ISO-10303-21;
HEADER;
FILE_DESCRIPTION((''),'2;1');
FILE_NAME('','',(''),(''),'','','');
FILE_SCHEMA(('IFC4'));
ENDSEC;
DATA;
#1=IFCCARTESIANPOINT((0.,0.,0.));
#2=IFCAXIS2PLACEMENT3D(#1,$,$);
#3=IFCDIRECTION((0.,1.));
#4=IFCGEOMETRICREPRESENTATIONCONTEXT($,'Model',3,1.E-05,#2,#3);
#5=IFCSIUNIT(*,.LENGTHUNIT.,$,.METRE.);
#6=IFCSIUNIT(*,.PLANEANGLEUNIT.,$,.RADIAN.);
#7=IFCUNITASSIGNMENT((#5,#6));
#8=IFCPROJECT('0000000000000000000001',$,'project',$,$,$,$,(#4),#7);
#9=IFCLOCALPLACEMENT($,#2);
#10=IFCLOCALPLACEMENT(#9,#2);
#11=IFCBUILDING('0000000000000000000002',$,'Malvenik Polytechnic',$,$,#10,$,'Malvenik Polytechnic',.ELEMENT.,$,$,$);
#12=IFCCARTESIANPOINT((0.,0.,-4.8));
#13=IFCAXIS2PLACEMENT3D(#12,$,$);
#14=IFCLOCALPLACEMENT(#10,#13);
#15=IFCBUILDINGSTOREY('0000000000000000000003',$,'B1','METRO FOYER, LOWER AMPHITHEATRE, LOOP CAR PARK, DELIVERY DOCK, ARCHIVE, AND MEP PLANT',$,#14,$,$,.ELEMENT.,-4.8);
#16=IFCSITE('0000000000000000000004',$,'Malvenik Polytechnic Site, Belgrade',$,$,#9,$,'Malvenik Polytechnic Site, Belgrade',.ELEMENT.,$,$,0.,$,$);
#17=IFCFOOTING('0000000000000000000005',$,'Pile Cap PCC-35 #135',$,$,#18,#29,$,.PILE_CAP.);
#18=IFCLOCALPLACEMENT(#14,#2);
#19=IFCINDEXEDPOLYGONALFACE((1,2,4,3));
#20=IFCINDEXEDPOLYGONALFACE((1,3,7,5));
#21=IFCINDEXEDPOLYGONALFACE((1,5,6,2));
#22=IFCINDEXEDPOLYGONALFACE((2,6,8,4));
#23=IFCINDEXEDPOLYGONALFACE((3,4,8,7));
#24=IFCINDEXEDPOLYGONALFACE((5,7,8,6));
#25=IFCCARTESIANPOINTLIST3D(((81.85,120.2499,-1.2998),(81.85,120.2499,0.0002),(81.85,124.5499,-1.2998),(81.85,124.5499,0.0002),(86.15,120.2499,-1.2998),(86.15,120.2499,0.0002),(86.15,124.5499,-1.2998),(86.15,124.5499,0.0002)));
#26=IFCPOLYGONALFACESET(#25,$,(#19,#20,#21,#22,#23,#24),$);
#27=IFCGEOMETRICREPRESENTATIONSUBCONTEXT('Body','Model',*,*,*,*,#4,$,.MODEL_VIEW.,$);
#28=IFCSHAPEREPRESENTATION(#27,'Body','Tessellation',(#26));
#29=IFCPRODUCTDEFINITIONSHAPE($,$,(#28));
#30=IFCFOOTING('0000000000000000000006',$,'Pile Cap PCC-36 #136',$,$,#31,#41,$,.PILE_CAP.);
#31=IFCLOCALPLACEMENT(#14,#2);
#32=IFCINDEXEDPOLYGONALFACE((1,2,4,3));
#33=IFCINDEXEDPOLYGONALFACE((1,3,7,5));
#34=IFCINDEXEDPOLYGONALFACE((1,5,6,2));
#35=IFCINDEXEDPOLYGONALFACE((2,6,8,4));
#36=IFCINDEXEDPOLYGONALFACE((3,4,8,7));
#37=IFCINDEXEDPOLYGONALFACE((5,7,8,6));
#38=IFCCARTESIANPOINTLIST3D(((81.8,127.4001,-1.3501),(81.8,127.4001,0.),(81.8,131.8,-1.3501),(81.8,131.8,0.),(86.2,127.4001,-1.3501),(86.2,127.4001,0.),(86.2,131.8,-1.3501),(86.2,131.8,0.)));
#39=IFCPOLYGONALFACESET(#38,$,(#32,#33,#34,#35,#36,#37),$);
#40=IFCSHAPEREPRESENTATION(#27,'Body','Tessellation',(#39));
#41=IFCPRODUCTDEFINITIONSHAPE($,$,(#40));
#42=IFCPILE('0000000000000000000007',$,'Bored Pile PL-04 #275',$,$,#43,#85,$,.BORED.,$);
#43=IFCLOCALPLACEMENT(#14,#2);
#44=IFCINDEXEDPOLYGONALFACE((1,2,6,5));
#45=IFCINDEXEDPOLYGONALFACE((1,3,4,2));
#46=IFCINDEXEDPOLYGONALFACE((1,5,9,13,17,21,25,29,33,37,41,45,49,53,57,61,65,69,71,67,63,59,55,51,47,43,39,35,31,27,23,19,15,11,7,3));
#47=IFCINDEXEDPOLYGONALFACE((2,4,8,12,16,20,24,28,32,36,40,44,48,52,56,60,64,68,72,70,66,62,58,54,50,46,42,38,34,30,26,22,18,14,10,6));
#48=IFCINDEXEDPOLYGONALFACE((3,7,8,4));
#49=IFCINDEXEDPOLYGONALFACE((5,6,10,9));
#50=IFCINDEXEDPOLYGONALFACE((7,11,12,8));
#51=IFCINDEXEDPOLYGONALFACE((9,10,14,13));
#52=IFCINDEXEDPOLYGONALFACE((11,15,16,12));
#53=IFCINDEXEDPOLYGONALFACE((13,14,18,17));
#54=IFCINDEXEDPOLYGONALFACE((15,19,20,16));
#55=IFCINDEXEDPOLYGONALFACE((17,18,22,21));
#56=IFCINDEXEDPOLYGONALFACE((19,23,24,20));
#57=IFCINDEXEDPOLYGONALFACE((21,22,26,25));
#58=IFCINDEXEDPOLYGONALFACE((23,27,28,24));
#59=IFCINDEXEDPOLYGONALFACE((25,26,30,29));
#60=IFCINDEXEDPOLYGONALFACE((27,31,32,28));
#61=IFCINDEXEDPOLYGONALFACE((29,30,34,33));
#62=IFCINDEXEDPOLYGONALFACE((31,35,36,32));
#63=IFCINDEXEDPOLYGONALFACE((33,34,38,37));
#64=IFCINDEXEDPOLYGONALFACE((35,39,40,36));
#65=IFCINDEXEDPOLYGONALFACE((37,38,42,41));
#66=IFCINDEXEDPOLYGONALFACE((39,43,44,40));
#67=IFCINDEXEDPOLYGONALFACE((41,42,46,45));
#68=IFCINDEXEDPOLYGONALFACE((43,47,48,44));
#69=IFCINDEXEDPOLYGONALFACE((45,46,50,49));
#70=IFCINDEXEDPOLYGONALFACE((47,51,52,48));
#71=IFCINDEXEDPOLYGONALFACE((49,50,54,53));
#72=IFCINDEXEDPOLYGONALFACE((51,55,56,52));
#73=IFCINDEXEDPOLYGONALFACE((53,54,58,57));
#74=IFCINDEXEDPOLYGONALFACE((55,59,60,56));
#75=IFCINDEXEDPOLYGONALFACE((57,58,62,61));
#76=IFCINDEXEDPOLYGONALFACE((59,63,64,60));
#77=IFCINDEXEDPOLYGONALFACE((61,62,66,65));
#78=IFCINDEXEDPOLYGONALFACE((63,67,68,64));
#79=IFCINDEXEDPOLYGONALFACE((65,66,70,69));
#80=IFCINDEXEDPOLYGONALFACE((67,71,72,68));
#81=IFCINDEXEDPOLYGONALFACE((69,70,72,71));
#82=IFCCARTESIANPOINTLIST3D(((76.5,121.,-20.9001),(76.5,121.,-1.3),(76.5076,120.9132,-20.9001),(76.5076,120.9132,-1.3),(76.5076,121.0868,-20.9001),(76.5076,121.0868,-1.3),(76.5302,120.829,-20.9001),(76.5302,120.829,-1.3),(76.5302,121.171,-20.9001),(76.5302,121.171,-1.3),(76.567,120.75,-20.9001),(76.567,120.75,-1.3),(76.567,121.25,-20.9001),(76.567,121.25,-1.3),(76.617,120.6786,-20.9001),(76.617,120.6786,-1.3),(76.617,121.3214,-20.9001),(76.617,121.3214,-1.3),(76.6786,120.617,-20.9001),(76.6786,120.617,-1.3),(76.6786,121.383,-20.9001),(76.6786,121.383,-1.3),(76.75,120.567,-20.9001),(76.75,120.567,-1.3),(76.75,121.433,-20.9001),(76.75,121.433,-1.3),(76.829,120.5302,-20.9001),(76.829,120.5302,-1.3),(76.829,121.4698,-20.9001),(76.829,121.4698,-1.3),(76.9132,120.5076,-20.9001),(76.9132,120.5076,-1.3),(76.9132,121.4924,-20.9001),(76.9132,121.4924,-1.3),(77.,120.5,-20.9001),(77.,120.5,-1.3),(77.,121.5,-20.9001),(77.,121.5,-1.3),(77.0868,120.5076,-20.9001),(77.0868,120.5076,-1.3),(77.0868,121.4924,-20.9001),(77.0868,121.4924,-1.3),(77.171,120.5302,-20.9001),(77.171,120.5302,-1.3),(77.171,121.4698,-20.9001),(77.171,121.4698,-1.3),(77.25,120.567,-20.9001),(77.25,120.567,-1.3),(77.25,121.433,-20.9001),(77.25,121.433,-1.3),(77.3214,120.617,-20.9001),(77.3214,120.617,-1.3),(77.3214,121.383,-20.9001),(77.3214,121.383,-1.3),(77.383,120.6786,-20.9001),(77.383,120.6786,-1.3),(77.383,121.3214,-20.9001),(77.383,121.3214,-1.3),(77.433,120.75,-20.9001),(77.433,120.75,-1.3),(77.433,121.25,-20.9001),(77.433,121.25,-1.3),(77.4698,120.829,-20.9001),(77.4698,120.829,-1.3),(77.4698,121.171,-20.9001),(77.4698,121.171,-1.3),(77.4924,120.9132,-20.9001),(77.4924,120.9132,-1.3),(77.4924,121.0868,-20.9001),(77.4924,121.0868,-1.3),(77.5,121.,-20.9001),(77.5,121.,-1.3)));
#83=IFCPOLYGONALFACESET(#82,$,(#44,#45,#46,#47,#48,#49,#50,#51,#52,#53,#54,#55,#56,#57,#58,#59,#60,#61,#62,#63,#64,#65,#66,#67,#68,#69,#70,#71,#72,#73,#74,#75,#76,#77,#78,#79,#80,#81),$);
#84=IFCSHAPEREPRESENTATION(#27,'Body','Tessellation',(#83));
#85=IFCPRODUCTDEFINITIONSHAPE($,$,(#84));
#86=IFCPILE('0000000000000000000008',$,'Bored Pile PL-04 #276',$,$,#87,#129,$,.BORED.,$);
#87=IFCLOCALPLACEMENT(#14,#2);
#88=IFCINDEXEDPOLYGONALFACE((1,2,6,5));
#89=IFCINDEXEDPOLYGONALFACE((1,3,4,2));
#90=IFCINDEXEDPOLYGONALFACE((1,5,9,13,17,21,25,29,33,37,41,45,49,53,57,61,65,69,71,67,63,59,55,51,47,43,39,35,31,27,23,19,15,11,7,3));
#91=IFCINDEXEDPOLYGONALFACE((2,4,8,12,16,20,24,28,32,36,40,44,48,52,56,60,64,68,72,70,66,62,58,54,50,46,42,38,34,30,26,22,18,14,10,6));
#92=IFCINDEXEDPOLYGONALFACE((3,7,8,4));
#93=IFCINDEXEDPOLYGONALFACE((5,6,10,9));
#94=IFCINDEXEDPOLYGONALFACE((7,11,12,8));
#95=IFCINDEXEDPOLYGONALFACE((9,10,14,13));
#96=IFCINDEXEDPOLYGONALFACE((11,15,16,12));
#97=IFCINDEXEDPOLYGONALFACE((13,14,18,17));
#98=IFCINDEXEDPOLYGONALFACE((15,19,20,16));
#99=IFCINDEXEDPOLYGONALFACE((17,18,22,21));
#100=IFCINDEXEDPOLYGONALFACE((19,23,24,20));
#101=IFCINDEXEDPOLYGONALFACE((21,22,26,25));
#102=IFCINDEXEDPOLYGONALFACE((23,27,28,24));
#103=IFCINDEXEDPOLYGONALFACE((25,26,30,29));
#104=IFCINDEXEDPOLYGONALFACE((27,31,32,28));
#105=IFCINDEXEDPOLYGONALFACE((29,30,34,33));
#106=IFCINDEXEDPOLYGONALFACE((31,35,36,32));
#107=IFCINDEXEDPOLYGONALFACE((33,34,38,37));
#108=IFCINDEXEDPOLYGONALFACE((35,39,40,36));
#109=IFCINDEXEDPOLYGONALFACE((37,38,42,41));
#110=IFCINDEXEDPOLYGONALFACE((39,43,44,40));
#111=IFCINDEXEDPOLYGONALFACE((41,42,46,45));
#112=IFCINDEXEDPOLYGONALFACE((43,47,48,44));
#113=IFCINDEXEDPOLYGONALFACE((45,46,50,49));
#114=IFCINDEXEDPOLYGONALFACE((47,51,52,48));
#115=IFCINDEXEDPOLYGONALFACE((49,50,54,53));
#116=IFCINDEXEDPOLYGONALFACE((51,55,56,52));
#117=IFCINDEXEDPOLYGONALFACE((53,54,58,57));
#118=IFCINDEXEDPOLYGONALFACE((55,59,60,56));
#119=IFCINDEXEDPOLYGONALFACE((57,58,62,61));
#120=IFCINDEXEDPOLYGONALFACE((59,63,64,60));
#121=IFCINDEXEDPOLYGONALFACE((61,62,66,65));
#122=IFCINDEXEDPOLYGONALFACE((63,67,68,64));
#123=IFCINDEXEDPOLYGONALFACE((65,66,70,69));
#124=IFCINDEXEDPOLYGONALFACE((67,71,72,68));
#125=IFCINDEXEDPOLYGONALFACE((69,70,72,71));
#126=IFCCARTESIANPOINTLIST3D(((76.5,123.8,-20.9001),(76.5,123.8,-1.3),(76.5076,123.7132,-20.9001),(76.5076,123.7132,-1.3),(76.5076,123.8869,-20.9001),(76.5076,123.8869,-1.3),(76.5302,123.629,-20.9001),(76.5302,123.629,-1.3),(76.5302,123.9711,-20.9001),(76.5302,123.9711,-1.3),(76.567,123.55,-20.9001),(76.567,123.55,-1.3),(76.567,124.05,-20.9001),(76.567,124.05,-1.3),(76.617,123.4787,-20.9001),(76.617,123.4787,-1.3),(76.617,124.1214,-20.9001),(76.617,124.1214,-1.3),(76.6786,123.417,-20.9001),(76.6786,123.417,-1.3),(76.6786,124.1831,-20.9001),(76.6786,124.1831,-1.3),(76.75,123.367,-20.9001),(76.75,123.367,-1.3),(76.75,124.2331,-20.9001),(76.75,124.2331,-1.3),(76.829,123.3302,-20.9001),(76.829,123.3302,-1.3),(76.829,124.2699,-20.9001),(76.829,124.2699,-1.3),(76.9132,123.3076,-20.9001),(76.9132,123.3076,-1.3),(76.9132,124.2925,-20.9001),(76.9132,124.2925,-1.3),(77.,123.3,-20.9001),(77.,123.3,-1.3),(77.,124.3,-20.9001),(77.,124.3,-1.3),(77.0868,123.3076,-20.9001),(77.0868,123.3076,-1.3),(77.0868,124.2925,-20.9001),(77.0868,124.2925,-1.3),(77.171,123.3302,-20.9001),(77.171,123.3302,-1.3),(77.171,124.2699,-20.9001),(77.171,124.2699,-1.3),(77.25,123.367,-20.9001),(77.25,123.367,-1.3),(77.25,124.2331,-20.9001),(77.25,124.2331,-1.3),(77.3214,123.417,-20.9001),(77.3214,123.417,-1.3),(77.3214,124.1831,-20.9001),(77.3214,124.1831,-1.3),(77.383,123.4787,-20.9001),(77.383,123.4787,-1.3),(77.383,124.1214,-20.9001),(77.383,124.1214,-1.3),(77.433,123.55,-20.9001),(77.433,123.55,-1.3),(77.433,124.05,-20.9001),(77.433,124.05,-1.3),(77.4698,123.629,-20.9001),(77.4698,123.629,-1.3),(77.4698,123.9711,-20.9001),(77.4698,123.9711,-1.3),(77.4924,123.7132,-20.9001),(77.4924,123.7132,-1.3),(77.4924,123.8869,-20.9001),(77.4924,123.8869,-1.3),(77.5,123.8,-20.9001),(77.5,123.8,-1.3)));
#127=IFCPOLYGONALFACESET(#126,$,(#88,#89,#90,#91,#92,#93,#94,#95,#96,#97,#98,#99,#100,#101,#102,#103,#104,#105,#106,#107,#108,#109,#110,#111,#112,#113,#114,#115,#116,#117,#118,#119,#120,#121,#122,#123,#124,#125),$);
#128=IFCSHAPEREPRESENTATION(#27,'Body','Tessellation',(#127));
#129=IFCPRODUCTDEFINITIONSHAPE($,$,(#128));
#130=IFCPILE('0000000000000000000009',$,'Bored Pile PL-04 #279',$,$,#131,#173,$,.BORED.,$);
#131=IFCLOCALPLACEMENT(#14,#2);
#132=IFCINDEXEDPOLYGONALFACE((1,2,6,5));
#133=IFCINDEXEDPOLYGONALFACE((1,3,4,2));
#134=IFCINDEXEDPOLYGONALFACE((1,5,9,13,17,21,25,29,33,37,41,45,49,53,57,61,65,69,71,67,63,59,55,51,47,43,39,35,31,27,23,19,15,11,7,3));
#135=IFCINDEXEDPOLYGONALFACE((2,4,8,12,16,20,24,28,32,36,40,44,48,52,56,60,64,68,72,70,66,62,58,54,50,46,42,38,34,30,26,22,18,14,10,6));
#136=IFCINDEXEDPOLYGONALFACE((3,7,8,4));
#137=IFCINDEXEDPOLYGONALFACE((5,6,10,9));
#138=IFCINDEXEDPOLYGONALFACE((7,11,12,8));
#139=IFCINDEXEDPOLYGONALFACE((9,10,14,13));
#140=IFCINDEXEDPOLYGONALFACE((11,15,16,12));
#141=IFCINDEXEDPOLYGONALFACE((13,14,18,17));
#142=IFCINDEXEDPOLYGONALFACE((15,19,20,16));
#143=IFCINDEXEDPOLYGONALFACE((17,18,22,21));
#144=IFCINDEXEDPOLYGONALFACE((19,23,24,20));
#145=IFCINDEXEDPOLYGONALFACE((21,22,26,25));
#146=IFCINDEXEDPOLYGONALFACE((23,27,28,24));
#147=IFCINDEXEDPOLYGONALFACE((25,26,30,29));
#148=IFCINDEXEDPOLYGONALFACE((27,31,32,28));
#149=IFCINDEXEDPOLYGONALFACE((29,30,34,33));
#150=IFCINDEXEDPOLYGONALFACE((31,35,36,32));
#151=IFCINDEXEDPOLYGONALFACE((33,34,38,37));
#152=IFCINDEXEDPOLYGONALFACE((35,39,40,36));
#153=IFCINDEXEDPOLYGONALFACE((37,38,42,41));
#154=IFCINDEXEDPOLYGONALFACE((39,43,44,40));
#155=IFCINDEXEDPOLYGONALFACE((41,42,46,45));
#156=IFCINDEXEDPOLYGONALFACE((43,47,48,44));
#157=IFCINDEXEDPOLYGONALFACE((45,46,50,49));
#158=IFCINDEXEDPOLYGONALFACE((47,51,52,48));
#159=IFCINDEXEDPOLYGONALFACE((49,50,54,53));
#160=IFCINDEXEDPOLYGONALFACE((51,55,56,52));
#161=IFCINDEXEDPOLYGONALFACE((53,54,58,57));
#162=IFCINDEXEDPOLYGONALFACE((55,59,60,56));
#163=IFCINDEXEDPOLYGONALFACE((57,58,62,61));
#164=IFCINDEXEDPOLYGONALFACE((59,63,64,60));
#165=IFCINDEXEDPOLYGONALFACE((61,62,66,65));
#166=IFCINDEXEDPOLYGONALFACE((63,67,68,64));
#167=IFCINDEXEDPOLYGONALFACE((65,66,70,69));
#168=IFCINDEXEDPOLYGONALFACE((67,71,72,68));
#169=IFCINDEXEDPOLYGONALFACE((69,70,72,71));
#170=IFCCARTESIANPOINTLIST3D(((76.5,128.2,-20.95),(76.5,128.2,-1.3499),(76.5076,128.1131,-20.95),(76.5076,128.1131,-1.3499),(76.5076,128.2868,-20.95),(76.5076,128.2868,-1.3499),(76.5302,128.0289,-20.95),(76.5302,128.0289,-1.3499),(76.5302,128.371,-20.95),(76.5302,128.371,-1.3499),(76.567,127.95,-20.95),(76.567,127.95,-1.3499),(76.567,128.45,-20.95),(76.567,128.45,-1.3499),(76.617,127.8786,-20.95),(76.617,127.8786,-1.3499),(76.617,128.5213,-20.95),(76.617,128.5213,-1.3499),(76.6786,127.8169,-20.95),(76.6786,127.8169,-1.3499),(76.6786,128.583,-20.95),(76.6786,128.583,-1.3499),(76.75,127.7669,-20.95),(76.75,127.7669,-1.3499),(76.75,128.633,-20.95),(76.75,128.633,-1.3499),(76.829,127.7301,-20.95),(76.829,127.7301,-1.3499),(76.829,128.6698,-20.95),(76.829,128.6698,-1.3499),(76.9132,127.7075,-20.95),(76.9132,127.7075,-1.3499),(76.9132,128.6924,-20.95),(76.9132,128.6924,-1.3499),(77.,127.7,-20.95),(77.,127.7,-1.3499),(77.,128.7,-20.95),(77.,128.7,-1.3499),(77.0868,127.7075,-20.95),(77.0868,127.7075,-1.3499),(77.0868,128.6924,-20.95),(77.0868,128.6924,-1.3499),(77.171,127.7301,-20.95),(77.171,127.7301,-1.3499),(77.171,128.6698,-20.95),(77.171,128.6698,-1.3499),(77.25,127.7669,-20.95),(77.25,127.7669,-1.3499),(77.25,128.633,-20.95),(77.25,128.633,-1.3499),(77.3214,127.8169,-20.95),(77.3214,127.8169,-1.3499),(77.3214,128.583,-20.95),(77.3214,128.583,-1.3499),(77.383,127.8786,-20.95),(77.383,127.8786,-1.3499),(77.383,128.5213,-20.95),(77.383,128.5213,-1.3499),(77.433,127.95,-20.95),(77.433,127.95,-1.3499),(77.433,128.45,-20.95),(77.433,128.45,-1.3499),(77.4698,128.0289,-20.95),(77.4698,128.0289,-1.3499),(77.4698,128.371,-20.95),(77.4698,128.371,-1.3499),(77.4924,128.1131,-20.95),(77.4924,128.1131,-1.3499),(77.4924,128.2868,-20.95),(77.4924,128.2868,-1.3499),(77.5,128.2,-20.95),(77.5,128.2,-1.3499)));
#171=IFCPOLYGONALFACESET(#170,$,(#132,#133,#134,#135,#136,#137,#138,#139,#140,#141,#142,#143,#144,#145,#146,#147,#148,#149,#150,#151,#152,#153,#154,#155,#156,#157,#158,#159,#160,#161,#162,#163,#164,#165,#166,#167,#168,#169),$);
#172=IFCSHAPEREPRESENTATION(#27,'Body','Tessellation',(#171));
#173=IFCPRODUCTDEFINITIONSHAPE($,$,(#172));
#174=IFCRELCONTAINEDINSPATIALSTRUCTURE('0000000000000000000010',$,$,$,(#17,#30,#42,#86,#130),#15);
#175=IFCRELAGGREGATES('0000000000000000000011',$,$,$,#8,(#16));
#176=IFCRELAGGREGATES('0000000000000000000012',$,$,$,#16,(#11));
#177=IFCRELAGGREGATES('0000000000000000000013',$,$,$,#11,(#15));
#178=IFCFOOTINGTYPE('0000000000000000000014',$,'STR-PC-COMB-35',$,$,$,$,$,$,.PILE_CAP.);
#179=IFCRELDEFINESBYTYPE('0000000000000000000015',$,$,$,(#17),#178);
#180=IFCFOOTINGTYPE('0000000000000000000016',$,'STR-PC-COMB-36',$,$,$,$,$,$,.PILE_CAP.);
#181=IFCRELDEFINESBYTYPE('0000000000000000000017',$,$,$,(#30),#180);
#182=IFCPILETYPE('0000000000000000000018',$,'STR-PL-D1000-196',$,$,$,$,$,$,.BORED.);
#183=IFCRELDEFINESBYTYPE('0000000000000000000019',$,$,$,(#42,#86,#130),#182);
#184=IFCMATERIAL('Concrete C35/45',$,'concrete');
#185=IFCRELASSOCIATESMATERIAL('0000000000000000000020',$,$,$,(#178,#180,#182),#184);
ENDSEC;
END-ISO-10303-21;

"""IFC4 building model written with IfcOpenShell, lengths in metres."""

from ifc_helpers import new_model, si_unit, direction, frame, origin, origin_2d, place, context, subcontext, project, spatial, rectangle, circle, extrude, material, material_profile, profile_set, type_object, element, save


model = new_model("IFC4")

# Units and contexts
model_context = context("Model", 3, precision=1e-05, world=origin(), true_north=direction((0.0, 1.0)))
body_context = subcontext(model_context, "Body", "Model", "MODEL_VIEW")
ifc_project = project(units=[si_unit("LENGTHUNIT", "METRE"), si_unit("PLANEANGLEUNIT", "RADIAN")], contexts=[model_context])

# Site, building, storey
site_placement = place(None, origin())
site = spatial("IfcSite", under=ifc_project, at=site_placement, Name="Malvenik Polytechnic Site, Belgrade", LongName="Malvenik Polytechnic Site, Belgrade", CompositionType="ELEMENT", RefElevation=0.0)
building_placement = place(site_placement, origin())
building = spatial("IfcBuilding", under=site, at=building_placement, Name="Malvenik Polytechnic", LongName="Malvenik Polytechnic", CompositionType="ELEMENT")
storey_placement = place(building_placement, frame((0.0, 0.0, -4.8)))
storey = spatial("IfcBuildingStorey", under=building, at=storey_placement, Name="B1", Description="METRO FOYER, LOWER AMPHITHEATRE, LOOP CAR PARK, DELIVERY DOCK, ARCHIVE, AND MEP PLANT", CompositionType="ELEMENT", Elevation=-4.8)

# Footings
ifc_material_1 = material(Name="Concrete C35/45", Category="concrete")
footing_type_1 = type_object("IfcFootingType", Name="STR-PC-COMB-35", PredefinedType="PILE_CAP", material=ifc_material_1)
footing_1_placement = place(storey_placement, frame((84.0, 122.3999, -1.2998), z_axis=(0.0, 0.0, 1.0), x_axis=(1.0, 0.0, 0.0)))
element("IfcFooting", 1, at=footing_1_placement, inside=storey, type_object=footing_type_1, Name="Pile Cap PCC-35 #135", PredefinedType="PILE_CAP", context=body_context, shape_type="SweptSolid", body=[
    extrude(rectangle(XDim=4.3, YDim=4.3, at=origin_2d()), origin(), (0.0, 0.0, 1.0), 1.3),
])
footing_type_2 = type_object("IfcFootingType", Name="STR-PC-COMB-36", PredefinedType="PILE_CAP", material=ifc_material_1)
footing_2_placement = place(storey_placement, frame((84.0, 129.6001, -1.3501), z_axis=(0.0, 0.0, 1.0), x_axis=(1.0, 0.0, 0.0)))
element("IfcFooting", 2, at=footing_2_placement, inside=storey, type_object=footing_type_2, Name="Pile Cap PCC-36 #136", PredefinedType="PILE_CAP", context=body_context, shape_type="SweptSolid", body=[
    extrude(rectangle(XDim=4.3999, YDim=4.3999, at=origin_2d()), origin(), (0.0, 0.0, 1.0), 1.3501),
])

# Piles
ifc_material_profile_1 = material_profile(ifc_material_1, circle(Radius=0.5, at=origin_2d()), Name="BORED PILE D1000")
ifc_profile_set_1 = profile_set([ifc_material_profile_1], Name="Concrete C35/45")
pile_type_1 = type_object("IfcPileType", Name="STR-PL-D1000-196", PredefinedType="BORED", material=ifc_profile_set_1)
for number, where, z_axis, x_axis, name in (
    (3, (77.0, 121.0, -1.3), (0.0, 0.0, -1.0), (1.0, 0.0, 0.0), "Bored Pile PL-04 #275"),
    (4, (77.0, 123.8, -1.3), (0.0, 0.0, -1.0), (1.0, 0.0, 0.0), "Bored Pile PL-04 #276"),
    (5, (77.0, 128.2, -1.3499), (0.0, 0.0, -1.0), (1.0, 0.0, 0.0), "Bored Pile PL-04 #279"),
):
    element("IfcPile", number, at=place(storey_placement, frame(where, z_axis=z_axis, x_axis=x_axis)), inside=storey, type_object=pile_type_1, Name=name, PredefinedType="BORED", context=body_context, shape_type="SweptSolid", body=[
        extrude(circle(Radius=0.5, at=origin_2d()), origin(), (0.0, 0.0, 1.0), 19.6001),
    ])

save(model, "model.ifc")
